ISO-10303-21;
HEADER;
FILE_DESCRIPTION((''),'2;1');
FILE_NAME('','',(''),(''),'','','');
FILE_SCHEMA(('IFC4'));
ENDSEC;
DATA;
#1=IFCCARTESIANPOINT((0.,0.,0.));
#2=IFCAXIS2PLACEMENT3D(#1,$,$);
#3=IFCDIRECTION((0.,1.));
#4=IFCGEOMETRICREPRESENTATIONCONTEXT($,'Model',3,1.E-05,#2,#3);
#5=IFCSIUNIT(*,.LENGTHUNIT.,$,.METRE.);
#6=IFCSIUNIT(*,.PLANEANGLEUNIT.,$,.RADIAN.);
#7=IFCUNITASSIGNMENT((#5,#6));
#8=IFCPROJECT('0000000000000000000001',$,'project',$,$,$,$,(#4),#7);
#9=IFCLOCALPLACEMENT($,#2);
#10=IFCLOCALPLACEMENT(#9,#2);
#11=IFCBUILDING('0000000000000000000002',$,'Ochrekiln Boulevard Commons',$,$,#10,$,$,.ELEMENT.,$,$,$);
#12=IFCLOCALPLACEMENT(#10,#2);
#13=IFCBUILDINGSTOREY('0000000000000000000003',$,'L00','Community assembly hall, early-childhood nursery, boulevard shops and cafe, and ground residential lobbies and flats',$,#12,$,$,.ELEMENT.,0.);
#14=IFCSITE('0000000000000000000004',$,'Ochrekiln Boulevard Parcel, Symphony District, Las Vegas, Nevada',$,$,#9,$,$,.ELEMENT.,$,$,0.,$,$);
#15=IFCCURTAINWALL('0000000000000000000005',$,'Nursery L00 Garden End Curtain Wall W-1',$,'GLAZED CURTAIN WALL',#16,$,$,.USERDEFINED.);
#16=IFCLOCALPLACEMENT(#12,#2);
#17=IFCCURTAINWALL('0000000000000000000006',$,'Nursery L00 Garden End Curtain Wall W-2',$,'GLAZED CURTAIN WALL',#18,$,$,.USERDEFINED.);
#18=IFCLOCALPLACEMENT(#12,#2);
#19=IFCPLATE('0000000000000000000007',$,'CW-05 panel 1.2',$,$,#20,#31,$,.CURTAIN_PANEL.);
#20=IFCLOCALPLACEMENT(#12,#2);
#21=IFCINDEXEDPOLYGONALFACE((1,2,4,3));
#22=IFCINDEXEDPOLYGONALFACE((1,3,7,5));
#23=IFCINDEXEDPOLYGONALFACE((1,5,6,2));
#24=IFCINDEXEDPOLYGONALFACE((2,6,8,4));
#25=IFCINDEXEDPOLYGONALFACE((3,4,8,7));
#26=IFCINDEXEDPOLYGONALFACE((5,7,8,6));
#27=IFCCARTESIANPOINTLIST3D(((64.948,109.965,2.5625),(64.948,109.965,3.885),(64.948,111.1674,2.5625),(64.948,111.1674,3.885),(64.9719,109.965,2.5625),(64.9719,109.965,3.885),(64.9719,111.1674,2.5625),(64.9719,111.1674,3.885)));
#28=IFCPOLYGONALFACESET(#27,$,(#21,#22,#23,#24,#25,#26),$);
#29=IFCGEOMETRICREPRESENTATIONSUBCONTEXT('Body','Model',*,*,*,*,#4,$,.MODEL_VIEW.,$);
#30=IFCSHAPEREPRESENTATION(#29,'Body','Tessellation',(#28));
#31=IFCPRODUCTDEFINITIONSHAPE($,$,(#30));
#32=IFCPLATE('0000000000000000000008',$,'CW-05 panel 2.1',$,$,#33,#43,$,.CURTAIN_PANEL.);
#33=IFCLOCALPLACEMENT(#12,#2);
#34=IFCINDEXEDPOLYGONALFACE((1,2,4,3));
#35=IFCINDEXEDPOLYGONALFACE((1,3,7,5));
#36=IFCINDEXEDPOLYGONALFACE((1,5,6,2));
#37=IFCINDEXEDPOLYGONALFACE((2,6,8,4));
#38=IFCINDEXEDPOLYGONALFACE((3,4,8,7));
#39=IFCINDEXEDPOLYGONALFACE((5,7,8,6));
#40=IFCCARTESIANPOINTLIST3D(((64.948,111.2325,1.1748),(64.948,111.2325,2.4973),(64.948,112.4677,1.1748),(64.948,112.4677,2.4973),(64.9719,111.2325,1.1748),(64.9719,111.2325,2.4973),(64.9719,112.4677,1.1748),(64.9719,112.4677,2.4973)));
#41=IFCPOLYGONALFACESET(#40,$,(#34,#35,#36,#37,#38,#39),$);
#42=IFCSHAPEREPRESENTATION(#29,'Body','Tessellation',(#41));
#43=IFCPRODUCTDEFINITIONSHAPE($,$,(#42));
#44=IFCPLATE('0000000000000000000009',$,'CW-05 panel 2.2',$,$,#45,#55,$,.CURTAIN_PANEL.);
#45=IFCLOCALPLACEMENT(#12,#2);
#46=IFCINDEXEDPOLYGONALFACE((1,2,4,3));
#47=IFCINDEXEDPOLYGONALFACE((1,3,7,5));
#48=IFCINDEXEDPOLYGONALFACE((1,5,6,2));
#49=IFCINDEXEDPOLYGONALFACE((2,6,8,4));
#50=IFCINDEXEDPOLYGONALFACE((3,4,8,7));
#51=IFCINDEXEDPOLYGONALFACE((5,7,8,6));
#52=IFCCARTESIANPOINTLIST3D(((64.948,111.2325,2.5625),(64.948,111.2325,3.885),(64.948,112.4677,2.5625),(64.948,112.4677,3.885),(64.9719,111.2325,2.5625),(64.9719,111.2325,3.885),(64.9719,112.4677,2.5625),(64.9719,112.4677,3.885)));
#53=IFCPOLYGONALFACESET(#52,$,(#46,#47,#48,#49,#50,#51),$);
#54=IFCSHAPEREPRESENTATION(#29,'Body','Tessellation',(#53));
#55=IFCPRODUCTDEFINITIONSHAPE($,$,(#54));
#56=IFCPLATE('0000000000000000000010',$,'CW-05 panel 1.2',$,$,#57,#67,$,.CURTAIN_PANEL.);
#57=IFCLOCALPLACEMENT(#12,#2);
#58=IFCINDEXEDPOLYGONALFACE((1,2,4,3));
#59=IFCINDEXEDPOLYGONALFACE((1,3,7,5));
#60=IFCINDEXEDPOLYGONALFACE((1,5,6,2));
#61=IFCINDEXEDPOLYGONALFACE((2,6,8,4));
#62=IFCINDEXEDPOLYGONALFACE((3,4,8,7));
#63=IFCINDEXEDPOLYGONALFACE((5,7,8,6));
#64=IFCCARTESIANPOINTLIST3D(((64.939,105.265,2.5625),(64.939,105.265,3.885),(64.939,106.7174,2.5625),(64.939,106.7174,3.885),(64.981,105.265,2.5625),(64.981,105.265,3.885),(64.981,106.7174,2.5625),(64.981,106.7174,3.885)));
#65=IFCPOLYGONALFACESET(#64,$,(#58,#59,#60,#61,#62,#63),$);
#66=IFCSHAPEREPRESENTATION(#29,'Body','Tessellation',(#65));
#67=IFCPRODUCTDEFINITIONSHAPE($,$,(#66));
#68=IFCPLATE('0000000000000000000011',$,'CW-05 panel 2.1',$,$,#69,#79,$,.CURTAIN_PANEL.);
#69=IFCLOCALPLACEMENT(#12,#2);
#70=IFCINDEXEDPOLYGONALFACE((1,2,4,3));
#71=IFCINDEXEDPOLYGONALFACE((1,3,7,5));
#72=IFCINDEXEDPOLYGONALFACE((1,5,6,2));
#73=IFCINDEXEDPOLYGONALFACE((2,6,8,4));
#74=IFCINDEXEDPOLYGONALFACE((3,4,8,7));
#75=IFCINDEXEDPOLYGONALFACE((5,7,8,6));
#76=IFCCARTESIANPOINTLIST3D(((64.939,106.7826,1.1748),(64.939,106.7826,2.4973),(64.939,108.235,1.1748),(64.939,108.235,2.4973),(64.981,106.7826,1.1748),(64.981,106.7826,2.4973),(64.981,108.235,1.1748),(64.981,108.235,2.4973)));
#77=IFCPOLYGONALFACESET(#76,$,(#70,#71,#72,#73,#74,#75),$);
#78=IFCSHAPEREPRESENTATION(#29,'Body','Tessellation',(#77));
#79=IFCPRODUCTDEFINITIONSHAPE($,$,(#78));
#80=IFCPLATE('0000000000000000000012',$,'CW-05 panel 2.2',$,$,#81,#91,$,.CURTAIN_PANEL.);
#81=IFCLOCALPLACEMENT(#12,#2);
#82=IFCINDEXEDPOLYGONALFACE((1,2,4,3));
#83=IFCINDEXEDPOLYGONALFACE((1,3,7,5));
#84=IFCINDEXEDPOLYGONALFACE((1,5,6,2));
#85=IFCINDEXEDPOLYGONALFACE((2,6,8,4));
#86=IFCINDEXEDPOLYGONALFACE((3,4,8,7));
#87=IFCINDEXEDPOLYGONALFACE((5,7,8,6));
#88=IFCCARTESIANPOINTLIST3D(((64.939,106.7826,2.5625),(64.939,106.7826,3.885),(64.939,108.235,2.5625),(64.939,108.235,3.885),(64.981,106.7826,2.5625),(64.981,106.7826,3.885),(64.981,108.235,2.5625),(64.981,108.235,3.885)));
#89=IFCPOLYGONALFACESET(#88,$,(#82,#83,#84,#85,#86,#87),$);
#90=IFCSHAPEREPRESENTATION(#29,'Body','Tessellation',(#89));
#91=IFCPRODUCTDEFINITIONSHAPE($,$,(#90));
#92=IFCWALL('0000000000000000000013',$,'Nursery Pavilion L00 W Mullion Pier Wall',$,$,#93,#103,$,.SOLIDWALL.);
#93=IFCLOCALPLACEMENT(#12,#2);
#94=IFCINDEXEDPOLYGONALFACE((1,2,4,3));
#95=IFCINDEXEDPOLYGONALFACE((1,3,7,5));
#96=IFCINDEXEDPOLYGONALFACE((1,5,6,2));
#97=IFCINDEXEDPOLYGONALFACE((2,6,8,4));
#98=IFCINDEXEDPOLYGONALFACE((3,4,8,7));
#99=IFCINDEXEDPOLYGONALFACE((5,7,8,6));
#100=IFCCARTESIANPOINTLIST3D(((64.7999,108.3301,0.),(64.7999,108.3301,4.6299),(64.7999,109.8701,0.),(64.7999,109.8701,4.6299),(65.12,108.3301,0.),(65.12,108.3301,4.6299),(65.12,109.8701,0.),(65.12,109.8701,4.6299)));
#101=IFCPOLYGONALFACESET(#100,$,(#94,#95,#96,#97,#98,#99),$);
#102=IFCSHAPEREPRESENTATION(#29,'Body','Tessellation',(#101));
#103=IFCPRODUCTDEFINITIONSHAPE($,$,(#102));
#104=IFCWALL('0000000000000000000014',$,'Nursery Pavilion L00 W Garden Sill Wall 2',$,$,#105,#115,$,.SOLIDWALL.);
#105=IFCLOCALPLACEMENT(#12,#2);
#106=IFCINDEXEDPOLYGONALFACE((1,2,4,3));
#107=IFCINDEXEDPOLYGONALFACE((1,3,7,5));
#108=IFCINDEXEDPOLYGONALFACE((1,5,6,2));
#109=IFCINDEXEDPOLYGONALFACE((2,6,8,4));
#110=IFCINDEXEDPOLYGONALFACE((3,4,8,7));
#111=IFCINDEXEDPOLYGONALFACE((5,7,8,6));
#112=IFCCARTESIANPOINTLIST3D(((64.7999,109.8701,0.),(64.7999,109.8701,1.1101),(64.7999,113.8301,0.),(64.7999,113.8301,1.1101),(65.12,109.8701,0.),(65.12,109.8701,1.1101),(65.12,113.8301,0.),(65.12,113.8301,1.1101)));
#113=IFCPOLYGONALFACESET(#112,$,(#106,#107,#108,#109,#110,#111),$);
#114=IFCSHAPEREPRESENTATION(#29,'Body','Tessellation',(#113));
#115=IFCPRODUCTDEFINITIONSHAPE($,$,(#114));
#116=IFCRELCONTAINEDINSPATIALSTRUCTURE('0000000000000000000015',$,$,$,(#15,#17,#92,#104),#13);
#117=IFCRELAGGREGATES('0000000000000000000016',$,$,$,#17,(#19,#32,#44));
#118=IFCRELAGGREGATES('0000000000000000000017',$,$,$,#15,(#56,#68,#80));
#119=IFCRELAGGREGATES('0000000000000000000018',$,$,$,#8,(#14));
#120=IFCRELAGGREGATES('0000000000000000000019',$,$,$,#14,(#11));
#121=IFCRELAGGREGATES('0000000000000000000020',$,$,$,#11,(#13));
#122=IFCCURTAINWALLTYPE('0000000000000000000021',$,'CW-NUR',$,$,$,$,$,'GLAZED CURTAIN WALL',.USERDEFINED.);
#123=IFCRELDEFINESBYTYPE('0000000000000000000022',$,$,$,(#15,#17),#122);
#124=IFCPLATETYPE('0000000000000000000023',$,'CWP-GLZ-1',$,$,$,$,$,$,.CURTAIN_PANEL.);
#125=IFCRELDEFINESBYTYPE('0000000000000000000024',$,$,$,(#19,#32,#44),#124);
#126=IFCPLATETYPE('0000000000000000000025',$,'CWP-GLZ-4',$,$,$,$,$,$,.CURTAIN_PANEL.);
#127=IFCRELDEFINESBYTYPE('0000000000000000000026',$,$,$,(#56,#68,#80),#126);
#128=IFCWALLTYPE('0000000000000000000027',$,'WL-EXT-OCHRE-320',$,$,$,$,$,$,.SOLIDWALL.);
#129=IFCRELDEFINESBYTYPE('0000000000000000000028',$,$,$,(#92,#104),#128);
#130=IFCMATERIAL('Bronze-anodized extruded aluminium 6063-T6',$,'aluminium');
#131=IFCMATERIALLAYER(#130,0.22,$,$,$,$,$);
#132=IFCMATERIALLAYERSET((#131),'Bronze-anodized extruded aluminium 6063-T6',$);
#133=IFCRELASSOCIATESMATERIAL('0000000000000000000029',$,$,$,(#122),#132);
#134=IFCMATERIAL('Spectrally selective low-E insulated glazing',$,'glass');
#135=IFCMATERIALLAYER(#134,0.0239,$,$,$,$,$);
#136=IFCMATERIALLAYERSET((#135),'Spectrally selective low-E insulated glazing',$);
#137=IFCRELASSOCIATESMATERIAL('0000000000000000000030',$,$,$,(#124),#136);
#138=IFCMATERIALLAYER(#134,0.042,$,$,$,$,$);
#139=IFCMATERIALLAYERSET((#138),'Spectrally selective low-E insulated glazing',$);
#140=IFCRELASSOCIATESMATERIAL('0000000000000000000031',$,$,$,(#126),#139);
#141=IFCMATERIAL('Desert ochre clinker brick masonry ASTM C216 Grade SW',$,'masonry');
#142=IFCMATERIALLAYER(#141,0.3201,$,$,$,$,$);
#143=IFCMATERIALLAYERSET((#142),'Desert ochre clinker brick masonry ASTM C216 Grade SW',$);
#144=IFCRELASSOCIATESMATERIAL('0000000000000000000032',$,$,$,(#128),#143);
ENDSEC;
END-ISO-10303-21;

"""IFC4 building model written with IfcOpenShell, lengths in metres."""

from ifc_helpers import new_model, si_unit, direction, frame, frame_2d, origin, origin_2d, place, context, subcontext, project, spatial, rectangle, extrude, material, layer, layer_set, type_object, element, aggregate, save


model = new_model("IFC4")

# Units and contexts
model_context = context("Model", 3, precision=1e-05, world=origin(), true_north=direction((0.0, 1.0)))
body_context = subcontext(model_context, "Body", "Model", "MODEL_VIEW")
ifc_project = project(units=[si_unit("LENGTHUNIT", "METRE"), si_unit("PLANEANGLEUNIT", "RADIAN")], contexts=[model_context])

# Site, building, storey
site_placement = place(None, origin())
site = spatial("IfcSite", under=ifc_project, at=site_placement, Name="Ochrekiln Boulevard Parcel, Symphony District, Las Vegas, Nevada", CompositionType="ELEMENT", RefElevation=0.0)
building_placement = place(site_placement, origin())
building = spatial("IfcBuilding", under=site, at=building_placement, Name="Ochrekiln Boulevard Commons", CompositionType="ELEMENT")
storey_placement = place(building_placement, origin())
storey = spatial("IfcBuildingStorey", under=building, at=storey_placement, Name="L00", Description="Community assembly hall, early-childhood nursery, boulevard shops and cafe, and ground residential lobbies and flats", CompositionType="ELEMENT", Elevation=0.0)

# Curtain walls
ifc_material_1 = material(Name="Bronze-anodized extruded aluminium 6063-T6", Category="aluminium")
ifc_layer_1 = layer(ifc_material_1, 0.22)
ifc_layer_set_1 = layer_set([ifc_layer_1], Name="Bronze-anodized extruded aluminium 6063-T6")
curtain_wall_type = type_object("IfcCurtainWallType", Name="CW-NUR", ElementType="GLAZED CURTAIN WALL", PredefinedType="USERDEFINED", material=ifc_layer_set_1)
curtain_wall_1_placement = place(storey_placement, origin())
curtain_wall_1 = element("IfcCurtainWall", 1, at=curtain_wall_1_placement, inside=storey, type_object=curtain_wall_type, Name="Nursery L00 Garden End Curtain Wall W-1", ObjectType="GLAZED CURTAIN WALL", PredefinedType="USERDEFINED")
curtain_wall_2_placement = place(storey_placement, origin())
curtain_wall_2 = element("IfcCurtainWall", 2, at=curtain_wall_2_placement, inside=storey, type_object=curtain_wall_type, Name="Nursery L00 Garden End Curtain Wall W-2", ObjectType="GLAZED CURTAIN WALL", PredefinedType="USERDEFINED")

# Plates
ifc_material_2 = material(Name="Spectrally selective low-E insulated glazing", Category="glass")
ifc_layer_2 = layer(ifc_material_2, 0.0239)
ifc_layer_set_2 = layer_set([ifc_layer_2], Name="Spectrally selective low-E insulated glazing")
plate_type_1 = type_object("IfcPlateType", Name="CWP-GLZ-1", PredefinedType="CURTAIN_PANEL", material=ifc_layer_set_2)
plate_1_placement = place(storey_placement, frame((64.96, 110.5662, 2.5625), z_axis=(0.0, 0.0, 1.0), x_axis=(0.0, 1.0, 0.0)))
plate_1 = element("IfcPlate", 3, at=plate_1_placement, type_object=plate_type_1, Name="CW-05 panel 1.2", PredefinedType="CURTAIN_PANEL", context=body_context, shape_type="SweptSolid", body=[
    extrude(rectangle(XDim=1.2024, YDim=0.0239, at=origin_2d()), origin(), (0.0, 0.0, 1.0), 1.3225),
])
plate_2_placement = place(storey_placement, frame((64.96, 111.8501, 1.1748), z_axis=(0.0, 0.0, 1.0), x_axis=(0.0, 1.0, 0.0)))
plate_2 = element("IfcPlate", 4, at=plate_2_placement, type_object=plate_type_1, Name="CW-05 panel 2.1", PredefinedType="CURTAIN_PANEL", context=body_context, shape_type="SweptSolid", body=[
    extrude(rectangle(XDim=1.2351, YDim=0.0239, at=origin_2d()), origin(), (0.0, 0.0, 1.0), 1.3225),
])
plate_3_placement = place(storey_placement, frame((64.96, 111.8501, 2.5625), z_axis=(0.0, 0.0, 1.0), x_axis=(0.0, 1.0, 0.0)))
plate_3 = element("IfcPlate", 5, at=plate_3_placement, type_object=plate_type_1, Name="CW-05 panel 2.2", PredefinedType="CURTAIN_PANEL", context=body_context, shape_type="SweptSolid", body=[
    extrude(rectangle(XDim=1.2351, YDim=0.0239, at=origin_2d()), origin(), (0.0, 0.0, 1.0), 1.3225),
])
aggregate(curtain_wall_2, [plate_1, plate_2, plate_3])
ifc_layer_3 = layer(ifc_material_2, 0.042)
ifc_layer_set_3 = layer_set([ifc_layer_3], Name="Spectrally selective low-E insulated glazing")
plate_type_2 = type_object("IfcPlateType", Name="CWP-GLZ-4", PredefinedType="CURTAIN_PANEL", material=ifc_layer_set_3)
plate_4_placement = place(storey_placement, frame((64.96, 105.9912, 2.5625), z_axis=(0.0, 0.0, 1.0), x_axis=(0.0, 1.0, 0.0)))
plate_4 = element("IfcPlate", 6, at=plate_4_placement, type_object=plate_type_2, Name="CW-05 panel 1.2", PredefinedType="CURTAIN_PANEL", context=body_context, shape_type="SweptSolid", body=[
    extrude(rectangle(XDim=1.4524, YDim=0.042, at=origin_2d()), origin(), (0.0, 0.0, 1.0), 1.3225),
])
plate_5_placement = place(storey_placement, frame((64.96, 107.5088, 1.1748), z_axis=(0.0, 0.0, 1.0), x_axis=(0.0, 1.0, 0.0)))
plate_5 = element("IfcPlate", 7, at=plate_5_placement, type_object=plate_type_2, Name="CW-05 panel 2.1", PredefinedType="CURTAIN_PANEL", context=body_context, shape_type="SweptSolid", body=[
    extrude(rectangle(XDim=1.4524, YDim=0.042, at=origin_2d()), origin(), (0.0, 0.0, 1.0), 1.3225),
])
plate_6_placement = place(storey_placement, frame((64.96, 107.5088, 2.5625), z_axis=(0.0, 0.0, 1.0), x_axis=(0.0, 1.0, 0.0)))
plate_6 = element("IfcPlate", 8, at=plate_6_placement, type_object=plate_type_2, Name="CW-05 panel 2.2", PredefinedType="CURTAIN_PANEL", context=body_context, shape_type="SweptSolid", body=[
    extrude(rectangle(XDim=1.4524, YDim=0.042, at=origin_2d()), origin(), (0.0, 0.0, 1.0), 1.3225),
])
aggregate(curtain_wall_1, [plate_4, plate_5, plate_6])

# Walls
ifc_material_3 = material(Name="Desert ochre clinker brick masonry ASTM C216 Grade SW", Category="masonry")
ifc_layer_4 = layer(ifc_material_3, 0.3201)
ifc_layer_set_4 = layer_set([ifc_layer_4], Name="Desert ochre clinker brick masonry ASTM C216 Grade SW")
wall_type = type_object("IfcWallType", Name="WL-EXT-OCHRE-320", PredefinedType="SOLIDWALL", material=ifc_layer_set_4)
wall_1_placement = place(storey_placement, frame((64.96, 108.3301, 0.0), z_axis=(0.0, 0.0, 1.0), x_axis=(0.0, 1.0, 0.0)))
element("IfcWall", 9, at=wall_1_placement, inside=storey, type_object=wall_type, Name="Nursery Pavilion L00 W Mullion Pier Wall", PredefinedType="SOLIDWALL", context=body_context, shape_type="SweptSolid", body=[
    extrude(rectangle(XDim=1.54, YDim=0.3201, at=frame_2d((0.77, 0.0))), origin(), (0.0, 0.0, 1.0), 4.6299),
])
wall_2_placement = place(storey_placement, frame((64.96, 109.8701, 0.0), z_axis=(0.0, 0.0, 1.0), x_axis=(0.0, 1.0, 0.0)))
element("IfcWall", 10, at=wall_2_placement, inside=storey, type_object=wall_type, Name="Nursery Pavilion L00 W Garden Sill Wall 2", PredefinedType="SOLIDWALL", context=body_context, shape_type="SweptSolid", body=[
    extrude(rectangle(XDim=3.96, YDim=0.3201, at=frame_2d((1.98, 0.0))), origin(), (0.0, 0.0, 1.0), 1.1101),
])

save(model, "model.ifc")
